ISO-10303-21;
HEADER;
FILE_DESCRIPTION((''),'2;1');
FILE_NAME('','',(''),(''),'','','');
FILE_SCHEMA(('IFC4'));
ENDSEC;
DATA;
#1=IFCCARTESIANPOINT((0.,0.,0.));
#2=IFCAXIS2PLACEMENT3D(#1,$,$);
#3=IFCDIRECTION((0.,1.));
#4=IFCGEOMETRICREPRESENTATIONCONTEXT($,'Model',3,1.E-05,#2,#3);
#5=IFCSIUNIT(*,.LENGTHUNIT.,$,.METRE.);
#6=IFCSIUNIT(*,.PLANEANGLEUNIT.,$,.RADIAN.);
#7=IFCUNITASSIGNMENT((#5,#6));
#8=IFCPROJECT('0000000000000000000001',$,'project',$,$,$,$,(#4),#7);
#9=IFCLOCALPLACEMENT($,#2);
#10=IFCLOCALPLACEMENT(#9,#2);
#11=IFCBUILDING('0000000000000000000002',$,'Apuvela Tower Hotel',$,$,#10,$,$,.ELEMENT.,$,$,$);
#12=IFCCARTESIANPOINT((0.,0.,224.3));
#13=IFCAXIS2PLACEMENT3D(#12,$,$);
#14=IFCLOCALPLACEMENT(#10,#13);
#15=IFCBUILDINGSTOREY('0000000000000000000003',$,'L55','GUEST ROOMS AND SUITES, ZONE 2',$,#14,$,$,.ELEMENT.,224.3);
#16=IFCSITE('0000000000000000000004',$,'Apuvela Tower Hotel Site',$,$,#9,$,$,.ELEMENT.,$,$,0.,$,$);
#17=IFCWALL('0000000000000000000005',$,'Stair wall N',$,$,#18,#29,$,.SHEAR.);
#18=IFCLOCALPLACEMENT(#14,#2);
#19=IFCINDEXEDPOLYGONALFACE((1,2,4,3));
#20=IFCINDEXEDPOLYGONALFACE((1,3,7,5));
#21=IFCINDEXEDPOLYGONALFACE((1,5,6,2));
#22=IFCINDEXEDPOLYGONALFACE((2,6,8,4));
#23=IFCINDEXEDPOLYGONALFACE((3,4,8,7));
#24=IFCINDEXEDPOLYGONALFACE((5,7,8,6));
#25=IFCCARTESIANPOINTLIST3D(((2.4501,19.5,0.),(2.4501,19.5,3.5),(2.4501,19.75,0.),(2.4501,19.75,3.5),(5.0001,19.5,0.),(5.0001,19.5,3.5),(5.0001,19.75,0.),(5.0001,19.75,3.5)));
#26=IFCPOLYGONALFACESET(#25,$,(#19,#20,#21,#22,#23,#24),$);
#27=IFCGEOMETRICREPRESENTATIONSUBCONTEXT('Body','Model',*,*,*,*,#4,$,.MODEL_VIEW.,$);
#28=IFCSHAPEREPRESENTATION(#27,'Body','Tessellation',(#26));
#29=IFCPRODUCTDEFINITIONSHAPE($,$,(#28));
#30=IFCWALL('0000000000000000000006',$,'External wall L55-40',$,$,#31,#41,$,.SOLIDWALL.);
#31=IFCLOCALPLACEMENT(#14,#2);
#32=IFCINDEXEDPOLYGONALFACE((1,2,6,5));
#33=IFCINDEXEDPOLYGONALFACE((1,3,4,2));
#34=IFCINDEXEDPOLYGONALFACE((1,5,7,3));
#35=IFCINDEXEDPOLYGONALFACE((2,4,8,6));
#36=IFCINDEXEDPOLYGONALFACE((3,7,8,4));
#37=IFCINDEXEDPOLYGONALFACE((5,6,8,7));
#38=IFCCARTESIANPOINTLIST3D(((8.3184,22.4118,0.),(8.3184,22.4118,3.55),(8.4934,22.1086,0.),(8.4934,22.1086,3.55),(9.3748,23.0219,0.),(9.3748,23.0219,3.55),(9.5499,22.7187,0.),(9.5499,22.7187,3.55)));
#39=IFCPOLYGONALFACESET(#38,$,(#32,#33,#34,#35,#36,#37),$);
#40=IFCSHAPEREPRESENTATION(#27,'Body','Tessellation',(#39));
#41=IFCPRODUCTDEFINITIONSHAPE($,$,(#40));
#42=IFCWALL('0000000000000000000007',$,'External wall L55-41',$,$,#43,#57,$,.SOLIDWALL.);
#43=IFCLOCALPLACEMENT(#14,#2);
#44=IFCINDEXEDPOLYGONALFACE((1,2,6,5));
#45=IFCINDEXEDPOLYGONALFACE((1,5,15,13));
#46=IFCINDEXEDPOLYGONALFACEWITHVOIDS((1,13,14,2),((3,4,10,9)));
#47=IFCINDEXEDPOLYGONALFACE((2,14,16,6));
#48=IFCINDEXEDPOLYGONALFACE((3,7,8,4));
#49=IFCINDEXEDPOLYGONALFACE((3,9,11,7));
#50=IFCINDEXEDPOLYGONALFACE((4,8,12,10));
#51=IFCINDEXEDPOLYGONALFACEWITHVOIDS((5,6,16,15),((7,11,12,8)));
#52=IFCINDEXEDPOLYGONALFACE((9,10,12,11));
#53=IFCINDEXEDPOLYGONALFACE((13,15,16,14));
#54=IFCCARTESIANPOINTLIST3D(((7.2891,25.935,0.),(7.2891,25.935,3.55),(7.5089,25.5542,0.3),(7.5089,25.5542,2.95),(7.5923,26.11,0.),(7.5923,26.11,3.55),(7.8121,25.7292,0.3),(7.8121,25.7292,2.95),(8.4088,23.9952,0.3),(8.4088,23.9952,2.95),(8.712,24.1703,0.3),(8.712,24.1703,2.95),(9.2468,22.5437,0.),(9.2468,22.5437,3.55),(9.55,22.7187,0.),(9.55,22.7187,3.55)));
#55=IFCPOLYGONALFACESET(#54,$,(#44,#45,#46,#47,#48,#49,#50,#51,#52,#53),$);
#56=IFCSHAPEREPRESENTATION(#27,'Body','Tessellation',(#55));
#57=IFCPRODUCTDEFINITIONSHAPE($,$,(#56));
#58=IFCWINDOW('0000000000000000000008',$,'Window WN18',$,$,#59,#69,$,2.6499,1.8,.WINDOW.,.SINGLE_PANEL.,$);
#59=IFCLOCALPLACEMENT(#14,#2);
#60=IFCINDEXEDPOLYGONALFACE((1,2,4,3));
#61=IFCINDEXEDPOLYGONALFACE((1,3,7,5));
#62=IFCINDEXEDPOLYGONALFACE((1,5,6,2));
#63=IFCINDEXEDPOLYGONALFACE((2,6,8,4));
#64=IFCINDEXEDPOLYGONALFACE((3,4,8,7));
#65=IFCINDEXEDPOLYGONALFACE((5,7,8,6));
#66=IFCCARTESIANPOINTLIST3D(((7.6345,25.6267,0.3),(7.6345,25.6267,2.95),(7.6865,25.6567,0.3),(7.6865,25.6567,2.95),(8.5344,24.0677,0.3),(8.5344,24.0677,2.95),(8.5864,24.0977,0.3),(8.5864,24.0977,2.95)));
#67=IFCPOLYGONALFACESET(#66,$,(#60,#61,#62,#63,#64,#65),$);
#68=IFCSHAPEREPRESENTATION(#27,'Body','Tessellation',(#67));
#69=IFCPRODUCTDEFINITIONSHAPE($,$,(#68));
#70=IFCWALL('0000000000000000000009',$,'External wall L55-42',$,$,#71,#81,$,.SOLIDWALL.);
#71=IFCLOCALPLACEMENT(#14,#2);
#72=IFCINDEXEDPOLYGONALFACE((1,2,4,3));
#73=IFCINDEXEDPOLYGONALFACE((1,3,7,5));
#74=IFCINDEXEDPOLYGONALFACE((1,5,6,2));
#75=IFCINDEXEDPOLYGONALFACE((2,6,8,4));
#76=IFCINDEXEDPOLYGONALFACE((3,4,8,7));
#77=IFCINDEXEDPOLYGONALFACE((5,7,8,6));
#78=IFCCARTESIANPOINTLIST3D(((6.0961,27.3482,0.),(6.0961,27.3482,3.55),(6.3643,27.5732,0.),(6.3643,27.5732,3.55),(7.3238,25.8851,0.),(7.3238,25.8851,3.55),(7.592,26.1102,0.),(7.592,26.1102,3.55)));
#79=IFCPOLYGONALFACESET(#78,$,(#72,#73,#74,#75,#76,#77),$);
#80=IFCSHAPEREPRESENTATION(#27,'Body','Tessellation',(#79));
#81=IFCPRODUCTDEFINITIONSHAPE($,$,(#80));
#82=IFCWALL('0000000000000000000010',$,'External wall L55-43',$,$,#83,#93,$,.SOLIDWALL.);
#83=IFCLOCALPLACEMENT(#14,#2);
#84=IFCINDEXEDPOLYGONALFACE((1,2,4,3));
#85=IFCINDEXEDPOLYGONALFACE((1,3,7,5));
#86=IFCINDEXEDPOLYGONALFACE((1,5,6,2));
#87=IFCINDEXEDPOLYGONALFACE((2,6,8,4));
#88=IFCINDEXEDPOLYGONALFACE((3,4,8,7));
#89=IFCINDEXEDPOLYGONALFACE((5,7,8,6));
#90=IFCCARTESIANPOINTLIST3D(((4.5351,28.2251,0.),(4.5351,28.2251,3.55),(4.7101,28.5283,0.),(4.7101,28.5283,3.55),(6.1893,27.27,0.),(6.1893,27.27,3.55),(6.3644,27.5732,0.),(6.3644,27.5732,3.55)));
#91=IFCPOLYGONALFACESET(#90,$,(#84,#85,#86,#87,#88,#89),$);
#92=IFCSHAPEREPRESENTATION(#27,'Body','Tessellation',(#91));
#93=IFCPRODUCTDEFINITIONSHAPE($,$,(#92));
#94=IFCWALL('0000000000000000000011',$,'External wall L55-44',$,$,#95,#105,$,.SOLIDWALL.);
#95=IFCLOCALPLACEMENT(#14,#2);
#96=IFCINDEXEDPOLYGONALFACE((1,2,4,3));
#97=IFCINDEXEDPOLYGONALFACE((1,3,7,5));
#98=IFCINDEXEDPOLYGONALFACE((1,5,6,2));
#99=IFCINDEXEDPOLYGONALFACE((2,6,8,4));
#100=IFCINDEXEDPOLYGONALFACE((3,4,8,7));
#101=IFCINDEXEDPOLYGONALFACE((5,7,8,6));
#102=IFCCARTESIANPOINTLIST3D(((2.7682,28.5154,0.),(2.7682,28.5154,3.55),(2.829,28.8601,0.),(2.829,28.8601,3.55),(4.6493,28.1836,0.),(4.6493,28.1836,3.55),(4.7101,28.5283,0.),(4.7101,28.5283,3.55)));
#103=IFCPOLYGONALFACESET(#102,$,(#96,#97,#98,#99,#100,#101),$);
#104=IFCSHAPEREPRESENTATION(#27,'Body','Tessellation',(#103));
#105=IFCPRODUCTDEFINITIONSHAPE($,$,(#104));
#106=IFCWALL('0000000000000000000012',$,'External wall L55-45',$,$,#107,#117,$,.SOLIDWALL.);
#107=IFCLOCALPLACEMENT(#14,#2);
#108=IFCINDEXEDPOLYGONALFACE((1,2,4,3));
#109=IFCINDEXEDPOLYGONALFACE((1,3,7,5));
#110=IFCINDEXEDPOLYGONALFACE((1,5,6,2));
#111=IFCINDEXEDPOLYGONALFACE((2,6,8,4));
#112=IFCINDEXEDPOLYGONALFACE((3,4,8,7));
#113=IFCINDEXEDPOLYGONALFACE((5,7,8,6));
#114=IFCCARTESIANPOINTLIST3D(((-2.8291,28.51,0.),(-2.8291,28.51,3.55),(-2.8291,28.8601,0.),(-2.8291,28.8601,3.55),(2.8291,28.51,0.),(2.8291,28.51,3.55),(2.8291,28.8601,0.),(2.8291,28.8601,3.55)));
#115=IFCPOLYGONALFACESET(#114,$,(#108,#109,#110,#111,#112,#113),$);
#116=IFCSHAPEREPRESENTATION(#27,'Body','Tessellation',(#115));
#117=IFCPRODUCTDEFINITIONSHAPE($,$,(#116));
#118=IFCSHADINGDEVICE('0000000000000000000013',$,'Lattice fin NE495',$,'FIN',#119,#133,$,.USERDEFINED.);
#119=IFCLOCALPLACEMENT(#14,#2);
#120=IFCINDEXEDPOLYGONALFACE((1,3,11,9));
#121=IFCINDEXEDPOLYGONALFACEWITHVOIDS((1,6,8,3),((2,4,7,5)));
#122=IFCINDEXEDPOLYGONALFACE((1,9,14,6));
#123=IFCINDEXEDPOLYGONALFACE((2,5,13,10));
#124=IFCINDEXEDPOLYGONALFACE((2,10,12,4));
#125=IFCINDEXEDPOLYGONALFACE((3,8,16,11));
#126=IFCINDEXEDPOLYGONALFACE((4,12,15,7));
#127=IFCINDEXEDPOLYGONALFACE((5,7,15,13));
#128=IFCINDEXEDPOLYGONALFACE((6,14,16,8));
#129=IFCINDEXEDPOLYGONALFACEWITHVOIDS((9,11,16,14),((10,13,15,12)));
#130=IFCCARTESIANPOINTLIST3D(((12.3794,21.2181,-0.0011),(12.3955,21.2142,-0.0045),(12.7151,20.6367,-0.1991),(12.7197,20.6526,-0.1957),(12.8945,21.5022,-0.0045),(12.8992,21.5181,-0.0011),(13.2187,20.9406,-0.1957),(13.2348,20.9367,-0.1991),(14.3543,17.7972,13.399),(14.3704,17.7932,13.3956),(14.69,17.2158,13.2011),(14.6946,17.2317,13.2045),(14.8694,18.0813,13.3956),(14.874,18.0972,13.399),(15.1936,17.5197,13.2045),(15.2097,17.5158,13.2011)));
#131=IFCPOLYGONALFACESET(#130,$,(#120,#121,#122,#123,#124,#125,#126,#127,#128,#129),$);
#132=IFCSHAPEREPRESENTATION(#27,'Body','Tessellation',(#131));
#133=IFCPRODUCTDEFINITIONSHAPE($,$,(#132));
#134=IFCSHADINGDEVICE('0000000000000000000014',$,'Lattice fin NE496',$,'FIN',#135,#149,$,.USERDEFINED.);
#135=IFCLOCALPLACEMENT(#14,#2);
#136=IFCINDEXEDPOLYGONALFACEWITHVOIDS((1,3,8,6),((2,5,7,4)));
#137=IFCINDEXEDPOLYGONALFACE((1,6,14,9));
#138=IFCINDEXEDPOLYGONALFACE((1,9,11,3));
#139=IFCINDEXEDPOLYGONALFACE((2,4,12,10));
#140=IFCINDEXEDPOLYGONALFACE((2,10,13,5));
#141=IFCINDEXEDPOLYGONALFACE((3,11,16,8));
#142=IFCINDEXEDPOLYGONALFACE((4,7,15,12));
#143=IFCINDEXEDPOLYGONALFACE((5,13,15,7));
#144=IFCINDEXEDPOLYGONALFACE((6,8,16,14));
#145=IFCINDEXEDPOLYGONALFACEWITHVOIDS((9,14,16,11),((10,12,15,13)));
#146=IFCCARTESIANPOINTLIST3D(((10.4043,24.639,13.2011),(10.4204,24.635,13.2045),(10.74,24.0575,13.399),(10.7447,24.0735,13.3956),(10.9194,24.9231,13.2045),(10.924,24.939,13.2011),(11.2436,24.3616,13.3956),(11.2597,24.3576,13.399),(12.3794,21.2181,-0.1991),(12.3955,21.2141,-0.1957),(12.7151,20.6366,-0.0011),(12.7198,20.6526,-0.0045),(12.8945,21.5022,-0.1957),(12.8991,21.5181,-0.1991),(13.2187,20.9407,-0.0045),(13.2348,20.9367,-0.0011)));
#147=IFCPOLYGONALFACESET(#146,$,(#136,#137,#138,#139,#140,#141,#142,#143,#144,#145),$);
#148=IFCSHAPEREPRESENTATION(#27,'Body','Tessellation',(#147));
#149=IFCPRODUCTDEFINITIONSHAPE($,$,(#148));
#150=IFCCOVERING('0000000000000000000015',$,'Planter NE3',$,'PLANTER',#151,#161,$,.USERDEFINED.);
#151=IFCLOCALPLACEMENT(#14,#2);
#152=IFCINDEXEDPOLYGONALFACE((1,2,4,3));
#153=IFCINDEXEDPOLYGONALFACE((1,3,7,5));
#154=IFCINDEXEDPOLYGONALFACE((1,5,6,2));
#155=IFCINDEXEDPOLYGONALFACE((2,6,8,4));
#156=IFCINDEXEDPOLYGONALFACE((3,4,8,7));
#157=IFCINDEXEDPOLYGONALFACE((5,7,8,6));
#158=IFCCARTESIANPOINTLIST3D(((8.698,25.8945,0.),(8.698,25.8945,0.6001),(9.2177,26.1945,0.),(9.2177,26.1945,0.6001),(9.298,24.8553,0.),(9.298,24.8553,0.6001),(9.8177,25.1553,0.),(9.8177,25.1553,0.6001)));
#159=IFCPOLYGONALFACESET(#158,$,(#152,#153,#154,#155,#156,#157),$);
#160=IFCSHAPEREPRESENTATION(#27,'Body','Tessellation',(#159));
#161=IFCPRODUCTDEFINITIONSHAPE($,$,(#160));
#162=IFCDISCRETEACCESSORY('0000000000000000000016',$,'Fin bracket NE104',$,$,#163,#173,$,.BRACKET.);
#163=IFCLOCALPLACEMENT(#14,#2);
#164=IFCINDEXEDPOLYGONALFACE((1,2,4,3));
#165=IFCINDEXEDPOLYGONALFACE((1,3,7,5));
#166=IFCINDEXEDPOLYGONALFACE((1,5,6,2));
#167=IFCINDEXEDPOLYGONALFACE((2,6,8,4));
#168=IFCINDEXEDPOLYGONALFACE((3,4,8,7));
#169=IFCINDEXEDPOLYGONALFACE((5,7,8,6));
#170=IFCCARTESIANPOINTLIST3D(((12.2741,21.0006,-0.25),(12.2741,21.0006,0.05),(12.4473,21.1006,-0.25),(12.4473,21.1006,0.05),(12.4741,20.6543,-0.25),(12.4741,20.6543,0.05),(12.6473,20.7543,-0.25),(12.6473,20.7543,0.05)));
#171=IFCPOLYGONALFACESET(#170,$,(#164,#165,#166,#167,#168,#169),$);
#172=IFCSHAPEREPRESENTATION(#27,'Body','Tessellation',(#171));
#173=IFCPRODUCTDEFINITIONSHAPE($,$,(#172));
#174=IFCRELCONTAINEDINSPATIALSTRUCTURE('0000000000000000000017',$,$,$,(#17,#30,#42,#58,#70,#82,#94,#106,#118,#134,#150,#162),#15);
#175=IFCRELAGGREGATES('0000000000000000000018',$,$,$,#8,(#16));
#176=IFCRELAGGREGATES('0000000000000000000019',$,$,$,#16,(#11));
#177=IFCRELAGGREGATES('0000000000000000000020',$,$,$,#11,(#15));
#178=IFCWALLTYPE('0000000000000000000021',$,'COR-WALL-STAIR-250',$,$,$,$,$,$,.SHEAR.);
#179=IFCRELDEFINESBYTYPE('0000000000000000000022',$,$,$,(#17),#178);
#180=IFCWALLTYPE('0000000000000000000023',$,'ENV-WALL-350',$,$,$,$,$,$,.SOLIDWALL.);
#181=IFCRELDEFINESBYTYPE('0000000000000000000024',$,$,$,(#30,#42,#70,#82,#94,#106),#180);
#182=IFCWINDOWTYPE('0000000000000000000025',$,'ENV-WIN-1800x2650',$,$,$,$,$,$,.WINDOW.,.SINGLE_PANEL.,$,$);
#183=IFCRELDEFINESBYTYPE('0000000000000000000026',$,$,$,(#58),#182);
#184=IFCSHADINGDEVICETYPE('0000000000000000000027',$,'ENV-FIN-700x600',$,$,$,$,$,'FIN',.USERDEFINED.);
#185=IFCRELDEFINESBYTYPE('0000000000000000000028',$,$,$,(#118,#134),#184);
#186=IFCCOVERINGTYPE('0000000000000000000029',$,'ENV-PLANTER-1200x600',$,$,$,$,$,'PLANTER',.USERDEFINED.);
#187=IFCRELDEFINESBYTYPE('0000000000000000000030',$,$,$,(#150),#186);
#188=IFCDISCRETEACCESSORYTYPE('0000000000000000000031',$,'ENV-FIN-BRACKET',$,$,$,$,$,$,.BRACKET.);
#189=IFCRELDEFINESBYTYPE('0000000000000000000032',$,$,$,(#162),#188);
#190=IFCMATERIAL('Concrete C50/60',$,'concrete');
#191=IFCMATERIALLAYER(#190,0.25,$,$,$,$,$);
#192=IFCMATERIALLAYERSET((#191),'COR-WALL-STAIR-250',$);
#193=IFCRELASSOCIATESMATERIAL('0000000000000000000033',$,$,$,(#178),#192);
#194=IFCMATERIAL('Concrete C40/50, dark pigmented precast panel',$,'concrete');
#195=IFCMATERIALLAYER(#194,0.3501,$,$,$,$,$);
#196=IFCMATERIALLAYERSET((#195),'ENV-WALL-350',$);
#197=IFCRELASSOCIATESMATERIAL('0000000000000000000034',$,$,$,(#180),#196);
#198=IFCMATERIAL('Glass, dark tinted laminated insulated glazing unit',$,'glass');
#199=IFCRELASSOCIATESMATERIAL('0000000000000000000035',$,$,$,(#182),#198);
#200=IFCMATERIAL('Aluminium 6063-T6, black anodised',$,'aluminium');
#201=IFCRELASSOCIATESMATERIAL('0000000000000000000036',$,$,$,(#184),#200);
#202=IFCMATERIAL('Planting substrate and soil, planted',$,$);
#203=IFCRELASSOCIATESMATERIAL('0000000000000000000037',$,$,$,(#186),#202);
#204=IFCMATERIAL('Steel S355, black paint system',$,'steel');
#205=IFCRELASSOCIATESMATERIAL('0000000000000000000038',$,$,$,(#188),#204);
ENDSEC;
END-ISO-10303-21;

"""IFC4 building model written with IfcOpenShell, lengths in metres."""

from ifc_helpers import new_model, si_unit, direction, frame, frame_2d, origin, origin_2d, place, context, subcontext, project, spatial, rectangle, hollow_rectangle, extrude, material, layer, layer_set, material_profile, profile_set, type_object, element, fill, save


model = new_model("IFC4")

# Units and contexts
model_context = context("Model", 3, precision=1e-05, world=origin(), true_north=direction((0.0, 1.0)))
body_context = subcontext(model_context, "Body", "Model", "MODEL_VIEW")
ifc_project = project(units=[si_unit("LENGTHUNIT", "METRE"), si_unit("PLANEANGLEUNIT", "RADIAN")], contexts=[model_context])

# Site, building, storey
site_placement = place(None, origin())
site = spatial("IfcSite", under=ifc_project, at=site_placement, Name="Apuvela Tower Hotel Site", CompositionType="ELEMENT", RefElevation=0.0)
building_placement = place(site_placement, origin())
building = spatial("IfcBuilding", under=site, at=building_placement, Name="Apuvela Tower Hotel", CompositionType="ELEMENT")
storey_placement = place(building_placement, frame((0.0, 0.0, 224.3)))
storey = spatial("IfcBuildingStorey", under=building, at=storey_placement, Name="L55", Description="GUEST ROOMS AND SUITES, ZONE 2", CompositionType="ELEMENT", Elevation=224.3)

# Walls
ifc_material_1 = material(Name="Concrete C50/60", Category="concrete")
ifc_layer_1 = layer(ifc_material_1, 0.25)
ifc_layer_set_1 = layer_set([ifc_layer_1], Name="COR-WALL-STAIR-250")
wall_type_1 = type_object("IfcWallType", Name="COR-WALL-STAIR-250", PredefinedType="SHEAR", material=ifc_layer_set_1)
wall_1_placement = place(storey_placement, frame((5.0, 19.625, 0.0), z_axis=(0.0, 0.0, 1.0), x_axis=(-1.0, 0.0, 0.0)))
element("IfcWall", 1, at=wall_1_placement, inside=storey, type_object=wall_type_1, Name="Stair wall N", PredefinedType="SHEAR", context=body_context, shape_type="SweptSolid", body=[
    extrude(rectangle(XDim=2.55, YDim=0.25, at=frame_2d((1.2749, 0.0))), origin(), (0.0, 0.0, 1.0), 3.5),
])
ifc_material_2 = material(Name="Concrete C40/50, dark pigmented precast panel", Category="concrete")
ifc_layer_2 = layer(ifc_material_2, 0.3501)
ifc_layer_set_2 = layer_set([ifc_layer_2], Name="ENV-WALL-350")
wall_type_2 = type_object("IfcWallType", Name="ENV-WALL-350", PredefinedType="SOLIDWALL", material=ifc_layer_set_2)
wall_2_placement = place(storey_placement, frame((8.406, 22.2603, 0.0), z_axis=(0.0, 0.0, 1.0), x_axis=(0.865956, 0.500121, 0.0)))
element("IfcWall", 2, at=wall_2_placement, inside=storey, type_object=wall_type_2, Name="External wall L55-40", PredefinedType="SOLIDWALL", context=body_context, shape_type="SweptSolid", body=[
    extrude(rectangle(XDim=1.22, YDim=0.3501, at=frame_2d((0.6099, 0.0))), origin(), (0.0, 0.0, 1.0), 3.55),
])

# Wall, opening, window
wall_3_placement = place(storey_placement, frame((9.3984, 22.6311, 0.0), z_axis=(0.0, 0.0, 1.0), x_axis=(-0.499955, 0.866052, 0.0)))
wall_3 = element("IfcWall", 3, at=wall_3_placement, inside=storey, type_object=wall_type_2, Name="External wall L55-41", PredefinedType="SOLIDWALL", context=body_context, shape_type="SweptSolid", body=[
    extrude(rectangle(XDim=3.9158, YDim=0.3501, at=frame_2d((1.958, 0.0))), origin(), (0.0, 0.0, 1.0), 3.55),
])
opening_placement = place(wall_3_placement, frame((1.6763, 0.0, 0.3)))
opening = element("IfcOpeningElement", 4, at=opening_placement, cuts=wall_3, PredefinedType="OPENING", context=body_context, shape_type="SweptSolid", body=[
    extrude(rectangle(XDim=1.8, YDim=2.6499, at=frame_2d((0.8999, 1.325))), frame((0.0, 0.1851, 0.0), z_axis=(0.0, -1.0, 0.0), x_axis=(1.0, 0.0, 0.0)), (0.0, 0.0, 1.0), 0.3701),
])
ifc_material_3 = material(Name="Glass, dark tinted laminated insulated glazing unit", Category="glass")
window_type = type_object("IfcWindowType", Name="ENV-WIN-1800x2650", PartitioningType="SINGLE_PANEL", PredefinedType="WINDOW", material=ifc_material_3)
window_placement = place(opening_placement, origin())
window = element("IfcWindow", 5, at=window_placement, inside=storey, type_object=window_type, Name="Window WN18", OverallHeight=2.6499, OverallWidth=1.8, PartitioningType="SINGLE_PANEL", PredefinedType="WINDOW", context=body_context, shape_type="SweptSolid", body=[
    extrude(rectangle(XDim=1.8, YDim=2.6499, at=frame_2d((0.8999, 1.325))), frame((0.0, 0.03, 0.0), z_axis=(0.0, -1.0, 0.0), x_axis=(1.0, 0.0, 0.0)), (0.0, 0.0, 1.0), 0.0601),
])
fill(opening, window)

# Walls
wall_4_placement = place(storey_placement, frame((7.458, 25.9976, 0.0), z_axis=(0.0, 0.0, 1.0), x_axis=(-0.642808, 0.766027, 0.0)))
element("IfcWall", 6, at=wall_4_placement, inside=storey, type_object=wall_type_2, Name="External wall L55-42", PredefinedType="SOLIDWALL", context=body_context, shape_type="SweptSolid", body=[
    extrude(rectangle(XDim=1.9099, YDim=0.3501, at=frame_2d((0.9551, 0.0))), origin(), (0.0, 0.0, 1.0), 3.55),
])
for number, where, z_axis, x_axis, name in (
    (7, (6.2769, 27.4216, 0.0), (0.0, 0.0, 1.0), (-0.866032, 0.499988, 0.0), "External wall L55-43"),
    (8, (4.6797, 28.356, 0.0), (0.0, 0.0, 1.0), (-0.984799, 0.173698, 0.0), "External wall L55-44"),
):
    element("IfcWall", number, at=place(storey_placement, frame(where, z_axis=z_axis, x_axis=x_axis)), inside=storey, type_object=wall_type_2, Name=name, PredefinedType="SOLIDWALL", context=body_context, shape_type="SweptSolid", body=[
        extrude(rectangle(XDim=1.9102, YDim=0.3501, at=frame_2d((0.9551, 0.0))), origin(), (0.0, 0.0, 1.0), 3.55),
    ])
wall_5_placement = place(storey_placement, frame((2.8291, 28.6851, 0.0), z_axis=(0.0, 0.0, 1.0), x_axis=(-1.0, 0.0, 0.0)))
element("IfcWall", 9, at=wall_5_placement, inside=storey, type_object=wall_type_2, Name="External wall L55-45", PredefinedType="SOLIDWALL", context=body_context, shape_type="SweptSolid", body=[
    extrude(rectangle(XDim=5.6582, YDim=0.3501, at=frame_2d((2.8291, 0.0))), origin(), (0.0, 0.0, 1.0), 3.55),
])

# Shading devices
ifc_material_4 = material(Name="Aluminium 6063-T6, black anodised", Category="aluminium")
ifc_material_profile_1 = material_profile(ifc_material_4, hollow_rectangle(XDim=0.6001, YDim=0.7, WallThickness=0.012, at=origin_2d()), Name="AL BOX 700x600x12")
ifc_profile_set_1 = profile_set([ifc_material_profile_1], Name="Aluminium 6063-T6, black anodised")
shading_device_type = type_object("IfcShadingDeviceType", Name="ENV-FIN-700x600", ElementType="FIN", PredefinedType="USERDEFINED", material=ifc_profile_set_1)
for number, where, z_axis, x_axis, name in (
    (10, (12.8071, 21.0774, -0.1001), (0.141362, -0.244871, 0.959195), (0.866048, 0.499961, 0.0), "Lattice fin NE495"),
    (11, (12.8071, 21.0774, -0.1001), (-0.141379, 0.24487, 0.959193), (-0.866021, -0.500008, 0.0), "Lattice fin NE496"),
):
    element("IfcShadingDevice", number, at=place(storey_placement, frame(where, z_axis=z_axis, x_axis=x_axis)), inside=storey, type_object=shading_device_type, Name=name, ObjectType="FIN", PredefinedType="USERDEFINED", context=body_context, shape_type="SweptSolid", body=[
        extrude(hollow_rectangle(XDim=0.6001, YDim=0.7, WallThickness=0.012, at=origin_2d()), origin(), (0.0, 0.0, 1.0), 13.9702),
    ])

# Covering
ifc_material_5 = material(Name="Planting substrate and soil, planted")
covering_type = type_object("IfcCoveringType", Name="ENV-PLANTER-1200x600", ElementType="PLANTER", PredefinedType="USERDEFINED", material=ifc_material_5)
covering_placement = place(storey_placement, frame((9.2578, 25.5249, 0.0), z_axis=(0.0, 0.0, 1.0), x_axis=(-0.5, 0.866025, 0.0)))
element("IfcCovering", 12, at=covering_placement, inside=storey, type_object=covering_type, Name="Planter NE3", ObjectType="PLANTER", PredefinedType="USERDEFINED", context=body_context, shape_type="SweptSolid", body=[
    extrude(rectangle(XDim=1.2, YDim=0.6001, at=origin_2d()), origin(), (0.0, 0.0, 1.0), 0.6001),
])

# Discrete accessory
ifc_material_6 = material(Name="Steel S355, black paint system", Category="steel")
discrete_accessory_type = type_object("IfcDiscreteAccessoryType", Name="ENV-FIN-BRACKET", PredefinedType="BRACKET", material=ifc_material_6)
discrete_accessory_placement = place(storey_placement, frame((12.4607, 20.8774, -0.25), z_axis=(0.0, 0.0, 1.0), x_axis=(-0.5, 0.866025, 0.0)))
element("IfcDiscreteAccessory", 13, at=discrete_accessory_placement, inside=storey, type_object=discrete_accessory_type, Name="Fin bracket NE104", PredefinedType="BRACKET", context=body_context, shape_type="SweptSolid", body=[
    extrude(rectangle(XDim=0.3999, YDim=0.2, at=origin_2d()), origin(), (0.0, 0.0, 1.0), 0.3),
])

save(model, "model.ifc")
